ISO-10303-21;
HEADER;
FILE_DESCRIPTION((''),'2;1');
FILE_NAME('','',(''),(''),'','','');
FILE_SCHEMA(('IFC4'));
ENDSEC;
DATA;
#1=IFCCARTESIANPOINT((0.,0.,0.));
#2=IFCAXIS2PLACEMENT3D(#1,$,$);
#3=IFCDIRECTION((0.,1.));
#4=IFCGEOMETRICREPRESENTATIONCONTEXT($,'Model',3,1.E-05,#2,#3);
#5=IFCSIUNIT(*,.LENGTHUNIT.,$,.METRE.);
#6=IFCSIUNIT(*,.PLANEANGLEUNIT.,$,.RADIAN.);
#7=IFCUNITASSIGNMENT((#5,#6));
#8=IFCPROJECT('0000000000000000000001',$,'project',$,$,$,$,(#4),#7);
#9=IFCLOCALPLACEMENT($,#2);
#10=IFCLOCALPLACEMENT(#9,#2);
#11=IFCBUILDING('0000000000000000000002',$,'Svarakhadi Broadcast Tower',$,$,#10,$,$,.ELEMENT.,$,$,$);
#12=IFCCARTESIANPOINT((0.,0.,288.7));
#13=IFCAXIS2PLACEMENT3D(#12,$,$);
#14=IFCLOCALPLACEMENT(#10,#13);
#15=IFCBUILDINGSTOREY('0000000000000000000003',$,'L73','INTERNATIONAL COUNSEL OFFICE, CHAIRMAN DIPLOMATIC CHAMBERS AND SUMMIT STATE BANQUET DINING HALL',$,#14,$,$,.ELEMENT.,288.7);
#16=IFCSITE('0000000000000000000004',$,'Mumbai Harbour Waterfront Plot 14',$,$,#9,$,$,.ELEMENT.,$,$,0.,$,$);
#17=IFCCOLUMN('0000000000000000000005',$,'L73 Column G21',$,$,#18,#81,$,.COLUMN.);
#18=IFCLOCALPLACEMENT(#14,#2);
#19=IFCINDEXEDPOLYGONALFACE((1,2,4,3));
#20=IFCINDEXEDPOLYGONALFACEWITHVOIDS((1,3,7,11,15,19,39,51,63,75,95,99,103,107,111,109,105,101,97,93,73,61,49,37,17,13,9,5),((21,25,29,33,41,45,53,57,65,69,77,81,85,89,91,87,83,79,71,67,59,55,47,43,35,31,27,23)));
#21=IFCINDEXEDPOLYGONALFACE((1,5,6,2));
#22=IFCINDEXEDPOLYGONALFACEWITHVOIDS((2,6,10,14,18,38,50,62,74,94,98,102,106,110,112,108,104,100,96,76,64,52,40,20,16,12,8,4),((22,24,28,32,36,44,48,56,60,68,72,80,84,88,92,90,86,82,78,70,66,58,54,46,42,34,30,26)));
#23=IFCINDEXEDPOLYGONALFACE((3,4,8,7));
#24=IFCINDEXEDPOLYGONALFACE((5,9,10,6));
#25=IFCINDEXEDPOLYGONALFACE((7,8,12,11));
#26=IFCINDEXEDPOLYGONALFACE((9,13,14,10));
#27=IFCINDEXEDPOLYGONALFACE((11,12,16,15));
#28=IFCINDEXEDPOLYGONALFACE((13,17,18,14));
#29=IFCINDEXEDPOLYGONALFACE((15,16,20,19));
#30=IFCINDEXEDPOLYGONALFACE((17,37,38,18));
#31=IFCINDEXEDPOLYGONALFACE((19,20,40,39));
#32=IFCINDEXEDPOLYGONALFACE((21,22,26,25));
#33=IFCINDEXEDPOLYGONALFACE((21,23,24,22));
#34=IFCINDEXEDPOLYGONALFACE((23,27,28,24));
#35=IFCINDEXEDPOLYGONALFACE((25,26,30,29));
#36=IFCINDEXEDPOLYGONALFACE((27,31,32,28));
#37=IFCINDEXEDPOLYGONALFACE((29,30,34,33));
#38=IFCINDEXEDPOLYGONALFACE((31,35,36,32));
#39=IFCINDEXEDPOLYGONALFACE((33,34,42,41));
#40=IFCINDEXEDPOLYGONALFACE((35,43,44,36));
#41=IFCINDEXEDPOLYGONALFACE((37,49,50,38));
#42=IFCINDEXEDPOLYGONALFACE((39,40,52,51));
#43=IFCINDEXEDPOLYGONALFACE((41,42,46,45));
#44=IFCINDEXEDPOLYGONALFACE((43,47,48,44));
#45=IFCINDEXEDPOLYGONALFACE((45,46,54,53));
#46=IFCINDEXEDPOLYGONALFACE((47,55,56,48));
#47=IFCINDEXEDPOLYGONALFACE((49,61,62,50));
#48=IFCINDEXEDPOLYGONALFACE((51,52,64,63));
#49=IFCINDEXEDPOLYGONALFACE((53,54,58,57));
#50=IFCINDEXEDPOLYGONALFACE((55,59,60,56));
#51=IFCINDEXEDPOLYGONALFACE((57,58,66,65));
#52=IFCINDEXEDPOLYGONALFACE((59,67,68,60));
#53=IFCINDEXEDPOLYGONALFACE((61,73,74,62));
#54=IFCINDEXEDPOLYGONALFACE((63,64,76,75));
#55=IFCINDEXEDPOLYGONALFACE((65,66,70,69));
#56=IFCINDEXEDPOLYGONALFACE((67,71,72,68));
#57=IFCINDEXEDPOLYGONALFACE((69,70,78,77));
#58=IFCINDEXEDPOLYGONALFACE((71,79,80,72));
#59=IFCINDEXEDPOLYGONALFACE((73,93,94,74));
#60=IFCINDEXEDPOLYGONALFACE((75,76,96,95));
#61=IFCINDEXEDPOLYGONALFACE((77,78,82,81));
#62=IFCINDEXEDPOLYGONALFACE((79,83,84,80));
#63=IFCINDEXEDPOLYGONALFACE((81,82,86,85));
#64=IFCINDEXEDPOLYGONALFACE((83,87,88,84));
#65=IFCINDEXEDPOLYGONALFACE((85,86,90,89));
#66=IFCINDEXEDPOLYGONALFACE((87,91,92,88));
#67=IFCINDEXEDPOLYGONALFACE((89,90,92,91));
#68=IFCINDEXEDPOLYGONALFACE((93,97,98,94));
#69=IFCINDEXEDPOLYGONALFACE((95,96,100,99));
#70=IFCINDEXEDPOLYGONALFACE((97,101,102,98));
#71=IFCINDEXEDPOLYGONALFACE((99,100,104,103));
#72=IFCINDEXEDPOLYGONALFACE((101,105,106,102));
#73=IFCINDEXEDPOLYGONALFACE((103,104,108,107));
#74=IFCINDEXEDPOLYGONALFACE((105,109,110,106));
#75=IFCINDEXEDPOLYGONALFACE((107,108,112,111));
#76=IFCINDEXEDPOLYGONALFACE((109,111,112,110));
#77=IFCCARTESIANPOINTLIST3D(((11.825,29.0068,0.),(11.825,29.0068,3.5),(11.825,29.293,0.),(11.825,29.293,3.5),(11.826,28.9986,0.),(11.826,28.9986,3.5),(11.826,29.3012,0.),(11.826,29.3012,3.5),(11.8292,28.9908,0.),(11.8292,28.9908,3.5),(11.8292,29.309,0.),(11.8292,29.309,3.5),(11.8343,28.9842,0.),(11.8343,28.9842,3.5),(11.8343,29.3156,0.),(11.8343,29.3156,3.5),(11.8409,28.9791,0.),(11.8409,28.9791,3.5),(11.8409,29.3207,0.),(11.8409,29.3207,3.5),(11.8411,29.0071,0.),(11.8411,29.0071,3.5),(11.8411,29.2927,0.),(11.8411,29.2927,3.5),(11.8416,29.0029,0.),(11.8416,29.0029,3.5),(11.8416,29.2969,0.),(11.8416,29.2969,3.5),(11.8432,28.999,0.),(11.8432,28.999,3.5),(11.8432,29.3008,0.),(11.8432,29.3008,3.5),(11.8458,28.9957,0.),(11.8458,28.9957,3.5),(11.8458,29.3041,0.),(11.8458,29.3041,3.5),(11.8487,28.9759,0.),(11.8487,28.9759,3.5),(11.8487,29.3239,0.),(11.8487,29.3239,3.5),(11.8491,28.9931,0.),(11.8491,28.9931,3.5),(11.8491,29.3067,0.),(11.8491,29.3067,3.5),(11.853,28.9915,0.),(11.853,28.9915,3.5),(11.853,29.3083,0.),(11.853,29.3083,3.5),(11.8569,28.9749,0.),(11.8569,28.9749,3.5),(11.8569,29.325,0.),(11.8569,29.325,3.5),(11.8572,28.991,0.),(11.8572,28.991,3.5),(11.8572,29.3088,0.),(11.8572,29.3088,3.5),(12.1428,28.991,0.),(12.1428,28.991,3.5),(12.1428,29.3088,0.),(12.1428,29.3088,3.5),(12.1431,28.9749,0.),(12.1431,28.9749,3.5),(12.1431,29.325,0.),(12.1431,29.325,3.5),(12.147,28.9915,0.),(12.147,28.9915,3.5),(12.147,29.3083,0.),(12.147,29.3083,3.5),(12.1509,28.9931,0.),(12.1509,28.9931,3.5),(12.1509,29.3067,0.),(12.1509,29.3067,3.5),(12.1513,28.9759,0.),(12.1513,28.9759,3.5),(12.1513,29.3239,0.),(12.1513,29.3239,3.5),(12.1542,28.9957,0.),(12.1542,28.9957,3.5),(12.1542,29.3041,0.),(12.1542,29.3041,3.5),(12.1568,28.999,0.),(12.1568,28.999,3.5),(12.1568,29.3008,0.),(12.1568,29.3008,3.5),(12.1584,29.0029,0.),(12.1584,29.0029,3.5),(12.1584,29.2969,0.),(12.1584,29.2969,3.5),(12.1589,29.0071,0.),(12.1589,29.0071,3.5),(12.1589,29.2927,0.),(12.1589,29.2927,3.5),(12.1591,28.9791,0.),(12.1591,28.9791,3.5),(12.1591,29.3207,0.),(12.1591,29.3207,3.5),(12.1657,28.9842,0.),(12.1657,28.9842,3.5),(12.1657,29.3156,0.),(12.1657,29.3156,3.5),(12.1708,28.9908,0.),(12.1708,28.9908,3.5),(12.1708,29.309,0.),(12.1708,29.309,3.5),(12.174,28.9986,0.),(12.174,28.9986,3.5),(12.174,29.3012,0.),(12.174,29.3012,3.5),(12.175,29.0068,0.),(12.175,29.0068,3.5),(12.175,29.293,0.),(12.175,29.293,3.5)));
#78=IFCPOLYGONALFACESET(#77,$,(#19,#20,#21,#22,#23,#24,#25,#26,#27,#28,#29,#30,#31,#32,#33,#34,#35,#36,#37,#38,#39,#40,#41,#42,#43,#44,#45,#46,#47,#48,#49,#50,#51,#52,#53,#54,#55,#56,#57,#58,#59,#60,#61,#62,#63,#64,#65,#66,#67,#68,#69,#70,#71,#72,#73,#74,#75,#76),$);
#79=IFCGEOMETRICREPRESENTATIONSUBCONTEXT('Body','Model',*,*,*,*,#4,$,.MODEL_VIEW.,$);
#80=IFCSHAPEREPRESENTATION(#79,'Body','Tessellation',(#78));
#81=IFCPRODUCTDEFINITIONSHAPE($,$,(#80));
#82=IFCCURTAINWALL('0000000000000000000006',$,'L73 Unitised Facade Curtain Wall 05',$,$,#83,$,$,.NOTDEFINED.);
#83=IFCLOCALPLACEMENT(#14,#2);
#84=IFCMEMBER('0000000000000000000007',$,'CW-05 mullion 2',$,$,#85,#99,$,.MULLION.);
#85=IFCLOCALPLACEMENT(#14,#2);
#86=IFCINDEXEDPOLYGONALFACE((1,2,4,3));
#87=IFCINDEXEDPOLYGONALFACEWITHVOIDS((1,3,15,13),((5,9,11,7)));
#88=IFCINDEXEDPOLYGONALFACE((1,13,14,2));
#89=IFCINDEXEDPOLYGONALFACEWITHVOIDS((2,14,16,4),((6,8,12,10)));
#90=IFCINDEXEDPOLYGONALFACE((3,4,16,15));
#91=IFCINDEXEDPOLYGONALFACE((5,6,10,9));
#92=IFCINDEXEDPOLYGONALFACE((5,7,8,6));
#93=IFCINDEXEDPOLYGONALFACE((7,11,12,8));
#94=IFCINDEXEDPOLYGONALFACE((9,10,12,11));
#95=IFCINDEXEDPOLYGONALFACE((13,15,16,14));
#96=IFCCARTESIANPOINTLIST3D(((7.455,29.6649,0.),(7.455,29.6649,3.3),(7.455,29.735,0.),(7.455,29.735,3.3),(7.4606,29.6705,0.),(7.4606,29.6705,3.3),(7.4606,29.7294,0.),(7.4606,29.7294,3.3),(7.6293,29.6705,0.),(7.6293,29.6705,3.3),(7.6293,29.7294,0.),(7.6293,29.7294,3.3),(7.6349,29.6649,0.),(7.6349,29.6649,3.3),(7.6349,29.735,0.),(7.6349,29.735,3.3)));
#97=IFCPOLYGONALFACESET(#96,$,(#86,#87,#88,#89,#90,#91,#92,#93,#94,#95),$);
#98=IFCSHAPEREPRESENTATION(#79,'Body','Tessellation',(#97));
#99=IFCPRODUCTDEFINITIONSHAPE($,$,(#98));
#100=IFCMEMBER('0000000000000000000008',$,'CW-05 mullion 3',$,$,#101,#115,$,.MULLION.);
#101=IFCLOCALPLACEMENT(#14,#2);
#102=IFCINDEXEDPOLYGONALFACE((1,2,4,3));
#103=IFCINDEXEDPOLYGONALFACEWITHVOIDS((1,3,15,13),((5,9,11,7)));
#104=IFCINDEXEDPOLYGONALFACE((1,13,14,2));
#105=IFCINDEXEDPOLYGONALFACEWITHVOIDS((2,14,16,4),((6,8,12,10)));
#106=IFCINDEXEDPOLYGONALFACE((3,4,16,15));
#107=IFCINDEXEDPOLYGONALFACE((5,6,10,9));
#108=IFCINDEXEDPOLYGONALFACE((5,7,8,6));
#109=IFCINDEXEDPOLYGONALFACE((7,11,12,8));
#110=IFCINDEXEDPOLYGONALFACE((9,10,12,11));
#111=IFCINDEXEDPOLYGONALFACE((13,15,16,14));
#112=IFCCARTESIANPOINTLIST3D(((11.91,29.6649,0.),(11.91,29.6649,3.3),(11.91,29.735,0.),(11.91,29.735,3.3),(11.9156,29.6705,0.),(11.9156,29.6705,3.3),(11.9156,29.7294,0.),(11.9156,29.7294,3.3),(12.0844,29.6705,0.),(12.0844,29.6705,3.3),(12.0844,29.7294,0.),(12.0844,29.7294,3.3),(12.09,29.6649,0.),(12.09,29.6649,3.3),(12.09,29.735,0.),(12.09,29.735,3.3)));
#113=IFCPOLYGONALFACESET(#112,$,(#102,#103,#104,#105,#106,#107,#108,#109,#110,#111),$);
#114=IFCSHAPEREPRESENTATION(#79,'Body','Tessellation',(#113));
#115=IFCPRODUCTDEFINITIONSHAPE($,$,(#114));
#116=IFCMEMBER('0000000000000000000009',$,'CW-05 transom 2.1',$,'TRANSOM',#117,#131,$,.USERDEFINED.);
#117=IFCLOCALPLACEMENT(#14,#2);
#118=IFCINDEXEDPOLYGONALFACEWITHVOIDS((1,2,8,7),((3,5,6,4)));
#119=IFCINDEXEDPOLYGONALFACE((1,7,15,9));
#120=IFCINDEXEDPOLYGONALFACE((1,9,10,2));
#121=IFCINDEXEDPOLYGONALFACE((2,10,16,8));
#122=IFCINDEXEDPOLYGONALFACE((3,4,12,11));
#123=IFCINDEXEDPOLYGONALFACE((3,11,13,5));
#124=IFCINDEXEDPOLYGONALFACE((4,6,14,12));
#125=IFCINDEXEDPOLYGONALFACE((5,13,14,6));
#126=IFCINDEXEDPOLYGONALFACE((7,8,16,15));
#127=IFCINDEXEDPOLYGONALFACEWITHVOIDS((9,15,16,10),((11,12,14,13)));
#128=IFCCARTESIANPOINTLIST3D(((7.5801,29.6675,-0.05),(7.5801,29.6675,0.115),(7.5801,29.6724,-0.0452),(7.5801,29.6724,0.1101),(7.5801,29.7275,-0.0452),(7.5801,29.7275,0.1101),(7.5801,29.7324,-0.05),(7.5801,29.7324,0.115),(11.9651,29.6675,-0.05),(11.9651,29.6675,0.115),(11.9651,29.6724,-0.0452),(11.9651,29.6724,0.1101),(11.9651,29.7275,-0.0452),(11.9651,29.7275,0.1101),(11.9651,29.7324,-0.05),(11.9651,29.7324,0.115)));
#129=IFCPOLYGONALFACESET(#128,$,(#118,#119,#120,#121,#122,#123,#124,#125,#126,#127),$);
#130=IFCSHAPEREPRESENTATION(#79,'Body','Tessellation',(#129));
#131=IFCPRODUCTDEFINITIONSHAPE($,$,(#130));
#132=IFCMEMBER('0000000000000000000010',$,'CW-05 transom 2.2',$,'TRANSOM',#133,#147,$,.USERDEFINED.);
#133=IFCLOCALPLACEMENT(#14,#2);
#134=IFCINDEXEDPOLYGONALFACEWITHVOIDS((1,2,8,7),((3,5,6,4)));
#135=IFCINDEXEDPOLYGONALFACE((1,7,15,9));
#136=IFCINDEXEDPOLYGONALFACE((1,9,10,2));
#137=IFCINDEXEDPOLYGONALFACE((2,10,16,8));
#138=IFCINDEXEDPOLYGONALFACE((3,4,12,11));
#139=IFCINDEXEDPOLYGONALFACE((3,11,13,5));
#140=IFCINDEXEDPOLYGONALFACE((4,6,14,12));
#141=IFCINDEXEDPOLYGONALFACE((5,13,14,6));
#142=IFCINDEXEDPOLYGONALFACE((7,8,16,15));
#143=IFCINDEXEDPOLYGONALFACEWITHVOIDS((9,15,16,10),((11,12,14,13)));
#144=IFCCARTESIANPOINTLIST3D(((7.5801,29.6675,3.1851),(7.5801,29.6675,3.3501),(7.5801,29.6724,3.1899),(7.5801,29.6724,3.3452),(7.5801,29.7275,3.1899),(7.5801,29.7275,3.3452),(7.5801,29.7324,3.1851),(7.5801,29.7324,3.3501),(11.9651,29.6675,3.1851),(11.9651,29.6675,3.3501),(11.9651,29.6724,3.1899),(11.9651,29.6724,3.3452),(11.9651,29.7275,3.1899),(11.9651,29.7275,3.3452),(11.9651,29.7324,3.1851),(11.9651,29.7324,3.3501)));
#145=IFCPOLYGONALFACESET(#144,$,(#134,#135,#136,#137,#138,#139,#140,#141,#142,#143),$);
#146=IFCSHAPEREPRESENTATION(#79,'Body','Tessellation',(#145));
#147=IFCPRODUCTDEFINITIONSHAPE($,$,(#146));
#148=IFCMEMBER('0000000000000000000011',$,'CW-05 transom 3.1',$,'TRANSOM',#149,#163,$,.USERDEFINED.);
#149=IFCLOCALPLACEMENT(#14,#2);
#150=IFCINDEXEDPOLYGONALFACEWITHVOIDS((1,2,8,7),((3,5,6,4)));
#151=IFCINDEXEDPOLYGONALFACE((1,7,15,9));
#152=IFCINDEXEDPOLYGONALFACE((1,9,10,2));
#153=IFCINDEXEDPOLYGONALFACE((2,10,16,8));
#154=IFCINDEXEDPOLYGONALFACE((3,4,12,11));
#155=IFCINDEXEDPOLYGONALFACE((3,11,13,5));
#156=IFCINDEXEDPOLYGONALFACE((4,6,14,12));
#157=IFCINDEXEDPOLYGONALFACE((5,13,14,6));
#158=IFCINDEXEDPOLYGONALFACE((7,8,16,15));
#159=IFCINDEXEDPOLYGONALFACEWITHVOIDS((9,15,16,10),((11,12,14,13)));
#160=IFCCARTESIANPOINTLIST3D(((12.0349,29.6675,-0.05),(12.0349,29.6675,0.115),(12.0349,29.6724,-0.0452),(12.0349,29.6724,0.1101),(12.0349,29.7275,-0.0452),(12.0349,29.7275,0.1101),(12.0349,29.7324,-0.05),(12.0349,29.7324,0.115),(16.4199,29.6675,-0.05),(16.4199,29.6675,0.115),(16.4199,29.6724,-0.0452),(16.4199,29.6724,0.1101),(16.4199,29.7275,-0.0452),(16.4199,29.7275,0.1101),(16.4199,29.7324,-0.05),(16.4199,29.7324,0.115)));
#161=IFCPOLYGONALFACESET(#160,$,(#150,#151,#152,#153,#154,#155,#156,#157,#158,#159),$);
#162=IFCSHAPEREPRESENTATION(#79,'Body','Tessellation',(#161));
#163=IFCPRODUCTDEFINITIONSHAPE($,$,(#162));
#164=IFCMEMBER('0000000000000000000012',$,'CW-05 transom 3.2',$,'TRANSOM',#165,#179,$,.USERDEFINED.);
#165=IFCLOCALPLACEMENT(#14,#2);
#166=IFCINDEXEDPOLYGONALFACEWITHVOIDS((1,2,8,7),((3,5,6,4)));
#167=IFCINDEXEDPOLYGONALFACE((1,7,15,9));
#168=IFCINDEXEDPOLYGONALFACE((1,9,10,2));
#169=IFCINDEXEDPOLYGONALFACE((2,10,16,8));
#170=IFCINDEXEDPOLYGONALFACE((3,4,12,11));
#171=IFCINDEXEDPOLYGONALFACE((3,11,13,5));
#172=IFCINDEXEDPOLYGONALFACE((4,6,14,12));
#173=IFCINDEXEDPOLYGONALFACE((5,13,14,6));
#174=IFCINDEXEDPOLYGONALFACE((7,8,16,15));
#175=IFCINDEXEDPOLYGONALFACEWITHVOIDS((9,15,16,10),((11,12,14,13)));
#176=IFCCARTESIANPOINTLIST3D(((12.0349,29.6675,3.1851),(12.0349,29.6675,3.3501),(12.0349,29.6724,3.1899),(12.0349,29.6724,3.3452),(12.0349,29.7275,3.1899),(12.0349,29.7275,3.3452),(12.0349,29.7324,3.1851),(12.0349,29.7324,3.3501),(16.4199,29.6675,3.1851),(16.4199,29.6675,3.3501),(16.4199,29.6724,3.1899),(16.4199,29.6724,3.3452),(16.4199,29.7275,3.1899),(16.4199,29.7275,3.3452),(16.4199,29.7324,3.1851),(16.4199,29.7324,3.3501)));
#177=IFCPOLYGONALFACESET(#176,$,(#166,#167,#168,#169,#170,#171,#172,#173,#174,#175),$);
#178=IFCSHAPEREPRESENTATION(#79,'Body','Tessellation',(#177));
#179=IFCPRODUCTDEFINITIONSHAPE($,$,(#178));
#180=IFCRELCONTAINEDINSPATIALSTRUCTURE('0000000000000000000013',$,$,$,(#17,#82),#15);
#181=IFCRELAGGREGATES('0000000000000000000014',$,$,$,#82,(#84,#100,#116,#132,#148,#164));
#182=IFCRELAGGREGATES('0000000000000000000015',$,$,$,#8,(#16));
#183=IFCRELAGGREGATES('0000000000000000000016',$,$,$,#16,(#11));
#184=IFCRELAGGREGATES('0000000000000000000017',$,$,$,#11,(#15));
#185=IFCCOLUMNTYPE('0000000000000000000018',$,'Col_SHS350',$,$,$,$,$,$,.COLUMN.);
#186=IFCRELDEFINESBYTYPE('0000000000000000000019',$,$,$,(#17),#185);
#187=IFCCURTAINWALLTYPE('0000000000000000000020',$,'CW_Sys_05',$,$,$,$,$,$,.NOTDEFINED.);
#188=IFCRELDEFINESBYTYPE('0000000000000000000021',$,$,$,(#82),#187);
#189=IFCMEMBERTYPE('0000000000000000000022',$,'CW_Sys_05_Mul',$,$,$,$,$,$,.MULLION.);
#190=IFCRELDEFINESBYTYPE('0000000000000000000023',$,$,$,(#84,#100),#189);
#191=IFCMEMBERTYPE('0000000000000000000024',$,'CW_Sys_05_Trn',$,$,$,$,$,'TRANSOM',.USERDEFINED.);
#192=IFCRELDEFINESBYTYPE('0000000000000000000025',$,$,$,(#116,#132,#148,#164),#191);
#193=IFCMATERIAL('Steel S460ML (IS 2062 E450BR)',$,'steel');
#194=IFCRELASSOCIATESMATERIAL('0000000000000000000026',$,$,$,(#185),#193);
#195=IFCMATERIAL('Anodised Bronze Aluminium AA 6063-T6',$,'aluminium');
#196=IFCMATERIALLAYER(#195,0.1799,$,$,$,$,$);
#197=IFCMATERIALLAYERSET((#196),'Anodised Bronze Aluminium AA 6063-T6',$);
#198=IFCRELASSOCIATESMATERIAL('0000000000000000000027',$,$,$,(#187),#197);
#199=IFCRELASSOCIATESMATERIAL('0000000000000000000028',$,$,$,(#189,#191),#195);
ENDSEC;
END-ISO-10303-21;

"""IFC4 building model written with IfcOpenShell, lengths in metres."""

from ifc_helpers import new_model, si_unit, direction, frame, origin, origin_2d, place, context, subcontext, project, spatial, hollow_rectangle, extrude, material, layer, layer_set, material_profile, profile_set, type_object, element, aggregate, save


model = new_model("IFC4")

# Units and contexts
model_context = context("Model", 3, precision=1e-05, world=origin(), true_north=direction((0.0, 1.0)))
body_context = subcontext(model_context, "Body", "Model", "MODEL_VIEW")
ifc_project = project(units=[si_unit("LENGTHUNIT", "METRE"), si_unit("PLANEANGLEUNIT", "RADIAN")], contexts=[model_context])

# Site, building, storey
site_placement = place(None, origin())
site = spatial("IfcSite", under=ifc_project, at=site_placement, Name="Mumbai Harbour Waterfront Plot 14", CompositionType="ELEMENT", RefElevation=0.0)
building_placement = place(site_placement, origin())
building = spatial("IfcBuilding", under=site, at=building_placement, Name="Svarakhadi Broadcast Tower", CompositionType="ELEMENT")
storey_placement = place(building_placement, frame((0.0, 0.0, 288.7)))
storey = spatial("IfcBuildingStorey", under=building, at=storey_placement, Name="L73", Description="INTERNATIONAL COUNSEL OFFICE, CHAIRMAN DIPLOMATIC CHAMBERS AND SUMMIT STATE BANQUET DINING HALL", CompositionType="ELEMENT", Elevation=288.7)

# Column
ifc_material_1 = material(Name="Steel S460ML (IS 2062 E450BR)", Category="steel")
ifc_material_profile_1 = material_profile(ifc_material_1, hollow_rectangle(XDim=0.3501, YDim=0.3501, WallThickness=0.0161, InnerFilletRadius=0.0161, OuterFilletRadius=0.032, at=origin_2d()), Name="SHS 350x350x16")
ifc_profile_set_1 = profile_set([ifc_material_profile_1], Name="Steel S460ML (IS 2062 E450BR)")
column_type = type_object("IfcColumnType", Name="Col_SHS350", PredefinedType="COLUMN", material=ifc_profile_set_1)
column_placement = place(storey_placement, frame((12.0, 29.1499, 0.0), z_axis=(0.0, 0.0, 1.0), x_axis=(1.0, 0.0, 0.0)))
element("IfcColumn", 1, at=column_placement, inside=storey, type_object=column_type, Name="L73 Column G21", PredefinedType="COLUMN", context=body_context, shape_type="SweptSolid", body=[
    extrude(hollow_rectangle(XDim=0.3501, YDim=0.3501, WallThickness=0.0161, InnerFilletRadius=0.0161, OuterFilletRadius=0.032, at=origin_2d()), origin(), (0.0, 0.0, 1.0), 3.5),
])

# Curtain wall, members
ifc_material_2 = material(Name="Anodised Bronze Aluminium AA 6063-T6", Category="aluminium")
ifc_layer_1 = layer(ifc_material_2, 0.1799)
ifc_layer_set_1 = layer_set([ifc_layer_1], Name="Anodised Bronze Aluminium AA 6063-T6")
curtain_wall_type = type_object("IfcCurtainWallType", Name="CW_Sys_05", PredefinedType="NOTDEFINED", material=ifc_layer_set_1)
curtain_wall_placement = place(storey_placement, origin())
curtain_wall = element("IfcCurtainWall", 2, at=curtain_wall_placement, inside=storey, type_object=curtain_wall_type, Name="L73 Unitised Facade Curtain Wall 05", PredefinedType="NOTDEFINED")
ifc_material_profile_2 = material_profile(ifc_material_2, hollow_rectangle(XDim=0.0701, YDim=0.1799, WallThickness=0.0056, at=origin_2d()), Name="ALU MULLION 180x70x6")
ifc_profile_set_2 = profile_set([ifc_material_profile_2], Name="Anodised Bronze Aluminium AA 6063-T6")
member_type_1 = type_object("IfcMemberType", Name="CW_Sys_05_Mul", PredefinedType="MULLION", material=ifc_profile_set_2)
member_1_placement = place(storey_placement, frame((7.5449, 29.7, 0.0), z_axis=(0.0, 0.0, 1.0), x_axis=(0.0, 1.0, 0.0)))
member_1 = element("IfcMember", 3, at=member_1_placement, type_object=member_type_1, Name="CW-05 mullion 2", PredefinedType="MULLION", context=body_context, shape_type="SweptSolid", body=[
    extrude(hollow_rectangle(XDim=0.0701, YDim=0.1799, WallThickness=0.0056, at=origin_2d()), origin(), (0.0, 0.0, 1.0), 3.3),
])
member_2_placement = place(storey_placement, frame((12.0, 29.7, 0.0), z_axis=(0.0, 0.0, 1.0), x_axis=(0.0, 1.0, 0.0)))
member_2 = element("IfcMember", 4, at=member_2_placement, type_object=member_type_1, Name="CW-05 mullion 3", PredefinedType="MULLION", context=body_context, shape_type="SweptSolid", body=[
    extrude(hollow_rectangle(XDim=0.0701, YDim=0.1799, WallThickness=0.0056, at=origin_2d()), origin(), (0.0, 0.0, 1.0), 3.3),
])
ifc_material_profile_3 = material_profile(ifc_material_2, hollow_rectangle(XDim=0.0649, YDim=0.165, WallThickness=0.0049, at=origin_2d()), Name="ALU TRANSOM 165x65x5")
ifc_profile_set_3 = profile_set([ifc_material_profile_3], Name="Anodised Bronze Aluminium AA 6063-T6")
member_type_2 = type_object("IfcMemberType", Name="CW_Sys_05_Trn", ElementType="TRANSOM", PredefinedType="USERDEFINED", material=ifc_profile_set_3)
member_3_placement = place(storey_placement, frame((7.5801, 29.7, 0.0325), z_axis=(1.0, 0.0, 0.0), x_axis=(0.0, 1.0, 0.0)))
member_3 = element("IfcMember", 5, at=member_3_placement, type_object=member_type_2, Name="CW-05 transom 2.1", ObjectType="TRANSOM", PredefinedType="USERDEFINED", context=body_context, shape_type="SweptSolid", body=[
    extrude(hollow_rectangle(XDim=0.0649, YDim=0.165, WallThickness=0.0049, at=origin_2d()), origin(), (0.0, 0.0, 1.0), 4.385),
])
member_4_placement = place(storey_placement, frame((7.5801, 29.7, 3.2676), z_axis=(1.0, 0.0, 0.0), x_axis=(0.0, 1.0, 0.0)))
member_4 = element("IfcMember", 6, at=member_4_placement, type_object=member_type_2, Name="CW-05 transom 2.2", ObjectType="TRANSOM", PredefinedType="USERDEFINED", context=body_context, shape_type="SweptSolid", body=[
    extrude(hollow_rectangle(XDim=0.0649, YDim=0.165, WallThickness=0.0049, at=origin_2d()), origin(), (0.0, 0.0, 1.0), 4.385),
])
member_5_placement = place(storey_placement, frame((12.0349, 29.7, 0.0325), z_axis=(1.0, 0.0, 0.0), x_axis=(0.0, 1.0, 0.0)))
member_5 = element("IfcMember", 7, at=member_5_placement, type_object=member_type_2, Name="CW-05 transom 3.1", ObjectType="TRANSOM", PredefinedType="USERDEFINED", context=body_context, shape_type="SweptSolid", body=[
    extrude(hollow_rectangle(XDim=0.0649, YDim=0.165, WallThickness=0.0049, at=origin_2d()), origin(), (0.0, 0.0, 1.0), 4.385),
])
member_6_placement = place(storey_placement, frame((12.0349, 29.7, 3.2676), z_axis=(1.0, 0.0, 0.0), x_axis=(0.0, 1.0, 0.0)))
member_6 = element("IfcMember", 8, at=member_6_placement, type_object=member_type_2, Name="CW-05 transom 3.2", ObjectType="TRANSOM", PredefinedType="USERDEFINED", context=body_context, shape_type="SweptSolid", body=[
    extrude(hollow_rectangle(XDim=0.0649, YDim=0.165, WallThickness=0.0049, at=origin_2d()), origin(), (0.0, 0.0, 1.0), 4.385),
])

aggregate(curtain_wall, [member_1, member_2, member_3, member_4, member_5, member_6])

save(model, "model.ifc")
